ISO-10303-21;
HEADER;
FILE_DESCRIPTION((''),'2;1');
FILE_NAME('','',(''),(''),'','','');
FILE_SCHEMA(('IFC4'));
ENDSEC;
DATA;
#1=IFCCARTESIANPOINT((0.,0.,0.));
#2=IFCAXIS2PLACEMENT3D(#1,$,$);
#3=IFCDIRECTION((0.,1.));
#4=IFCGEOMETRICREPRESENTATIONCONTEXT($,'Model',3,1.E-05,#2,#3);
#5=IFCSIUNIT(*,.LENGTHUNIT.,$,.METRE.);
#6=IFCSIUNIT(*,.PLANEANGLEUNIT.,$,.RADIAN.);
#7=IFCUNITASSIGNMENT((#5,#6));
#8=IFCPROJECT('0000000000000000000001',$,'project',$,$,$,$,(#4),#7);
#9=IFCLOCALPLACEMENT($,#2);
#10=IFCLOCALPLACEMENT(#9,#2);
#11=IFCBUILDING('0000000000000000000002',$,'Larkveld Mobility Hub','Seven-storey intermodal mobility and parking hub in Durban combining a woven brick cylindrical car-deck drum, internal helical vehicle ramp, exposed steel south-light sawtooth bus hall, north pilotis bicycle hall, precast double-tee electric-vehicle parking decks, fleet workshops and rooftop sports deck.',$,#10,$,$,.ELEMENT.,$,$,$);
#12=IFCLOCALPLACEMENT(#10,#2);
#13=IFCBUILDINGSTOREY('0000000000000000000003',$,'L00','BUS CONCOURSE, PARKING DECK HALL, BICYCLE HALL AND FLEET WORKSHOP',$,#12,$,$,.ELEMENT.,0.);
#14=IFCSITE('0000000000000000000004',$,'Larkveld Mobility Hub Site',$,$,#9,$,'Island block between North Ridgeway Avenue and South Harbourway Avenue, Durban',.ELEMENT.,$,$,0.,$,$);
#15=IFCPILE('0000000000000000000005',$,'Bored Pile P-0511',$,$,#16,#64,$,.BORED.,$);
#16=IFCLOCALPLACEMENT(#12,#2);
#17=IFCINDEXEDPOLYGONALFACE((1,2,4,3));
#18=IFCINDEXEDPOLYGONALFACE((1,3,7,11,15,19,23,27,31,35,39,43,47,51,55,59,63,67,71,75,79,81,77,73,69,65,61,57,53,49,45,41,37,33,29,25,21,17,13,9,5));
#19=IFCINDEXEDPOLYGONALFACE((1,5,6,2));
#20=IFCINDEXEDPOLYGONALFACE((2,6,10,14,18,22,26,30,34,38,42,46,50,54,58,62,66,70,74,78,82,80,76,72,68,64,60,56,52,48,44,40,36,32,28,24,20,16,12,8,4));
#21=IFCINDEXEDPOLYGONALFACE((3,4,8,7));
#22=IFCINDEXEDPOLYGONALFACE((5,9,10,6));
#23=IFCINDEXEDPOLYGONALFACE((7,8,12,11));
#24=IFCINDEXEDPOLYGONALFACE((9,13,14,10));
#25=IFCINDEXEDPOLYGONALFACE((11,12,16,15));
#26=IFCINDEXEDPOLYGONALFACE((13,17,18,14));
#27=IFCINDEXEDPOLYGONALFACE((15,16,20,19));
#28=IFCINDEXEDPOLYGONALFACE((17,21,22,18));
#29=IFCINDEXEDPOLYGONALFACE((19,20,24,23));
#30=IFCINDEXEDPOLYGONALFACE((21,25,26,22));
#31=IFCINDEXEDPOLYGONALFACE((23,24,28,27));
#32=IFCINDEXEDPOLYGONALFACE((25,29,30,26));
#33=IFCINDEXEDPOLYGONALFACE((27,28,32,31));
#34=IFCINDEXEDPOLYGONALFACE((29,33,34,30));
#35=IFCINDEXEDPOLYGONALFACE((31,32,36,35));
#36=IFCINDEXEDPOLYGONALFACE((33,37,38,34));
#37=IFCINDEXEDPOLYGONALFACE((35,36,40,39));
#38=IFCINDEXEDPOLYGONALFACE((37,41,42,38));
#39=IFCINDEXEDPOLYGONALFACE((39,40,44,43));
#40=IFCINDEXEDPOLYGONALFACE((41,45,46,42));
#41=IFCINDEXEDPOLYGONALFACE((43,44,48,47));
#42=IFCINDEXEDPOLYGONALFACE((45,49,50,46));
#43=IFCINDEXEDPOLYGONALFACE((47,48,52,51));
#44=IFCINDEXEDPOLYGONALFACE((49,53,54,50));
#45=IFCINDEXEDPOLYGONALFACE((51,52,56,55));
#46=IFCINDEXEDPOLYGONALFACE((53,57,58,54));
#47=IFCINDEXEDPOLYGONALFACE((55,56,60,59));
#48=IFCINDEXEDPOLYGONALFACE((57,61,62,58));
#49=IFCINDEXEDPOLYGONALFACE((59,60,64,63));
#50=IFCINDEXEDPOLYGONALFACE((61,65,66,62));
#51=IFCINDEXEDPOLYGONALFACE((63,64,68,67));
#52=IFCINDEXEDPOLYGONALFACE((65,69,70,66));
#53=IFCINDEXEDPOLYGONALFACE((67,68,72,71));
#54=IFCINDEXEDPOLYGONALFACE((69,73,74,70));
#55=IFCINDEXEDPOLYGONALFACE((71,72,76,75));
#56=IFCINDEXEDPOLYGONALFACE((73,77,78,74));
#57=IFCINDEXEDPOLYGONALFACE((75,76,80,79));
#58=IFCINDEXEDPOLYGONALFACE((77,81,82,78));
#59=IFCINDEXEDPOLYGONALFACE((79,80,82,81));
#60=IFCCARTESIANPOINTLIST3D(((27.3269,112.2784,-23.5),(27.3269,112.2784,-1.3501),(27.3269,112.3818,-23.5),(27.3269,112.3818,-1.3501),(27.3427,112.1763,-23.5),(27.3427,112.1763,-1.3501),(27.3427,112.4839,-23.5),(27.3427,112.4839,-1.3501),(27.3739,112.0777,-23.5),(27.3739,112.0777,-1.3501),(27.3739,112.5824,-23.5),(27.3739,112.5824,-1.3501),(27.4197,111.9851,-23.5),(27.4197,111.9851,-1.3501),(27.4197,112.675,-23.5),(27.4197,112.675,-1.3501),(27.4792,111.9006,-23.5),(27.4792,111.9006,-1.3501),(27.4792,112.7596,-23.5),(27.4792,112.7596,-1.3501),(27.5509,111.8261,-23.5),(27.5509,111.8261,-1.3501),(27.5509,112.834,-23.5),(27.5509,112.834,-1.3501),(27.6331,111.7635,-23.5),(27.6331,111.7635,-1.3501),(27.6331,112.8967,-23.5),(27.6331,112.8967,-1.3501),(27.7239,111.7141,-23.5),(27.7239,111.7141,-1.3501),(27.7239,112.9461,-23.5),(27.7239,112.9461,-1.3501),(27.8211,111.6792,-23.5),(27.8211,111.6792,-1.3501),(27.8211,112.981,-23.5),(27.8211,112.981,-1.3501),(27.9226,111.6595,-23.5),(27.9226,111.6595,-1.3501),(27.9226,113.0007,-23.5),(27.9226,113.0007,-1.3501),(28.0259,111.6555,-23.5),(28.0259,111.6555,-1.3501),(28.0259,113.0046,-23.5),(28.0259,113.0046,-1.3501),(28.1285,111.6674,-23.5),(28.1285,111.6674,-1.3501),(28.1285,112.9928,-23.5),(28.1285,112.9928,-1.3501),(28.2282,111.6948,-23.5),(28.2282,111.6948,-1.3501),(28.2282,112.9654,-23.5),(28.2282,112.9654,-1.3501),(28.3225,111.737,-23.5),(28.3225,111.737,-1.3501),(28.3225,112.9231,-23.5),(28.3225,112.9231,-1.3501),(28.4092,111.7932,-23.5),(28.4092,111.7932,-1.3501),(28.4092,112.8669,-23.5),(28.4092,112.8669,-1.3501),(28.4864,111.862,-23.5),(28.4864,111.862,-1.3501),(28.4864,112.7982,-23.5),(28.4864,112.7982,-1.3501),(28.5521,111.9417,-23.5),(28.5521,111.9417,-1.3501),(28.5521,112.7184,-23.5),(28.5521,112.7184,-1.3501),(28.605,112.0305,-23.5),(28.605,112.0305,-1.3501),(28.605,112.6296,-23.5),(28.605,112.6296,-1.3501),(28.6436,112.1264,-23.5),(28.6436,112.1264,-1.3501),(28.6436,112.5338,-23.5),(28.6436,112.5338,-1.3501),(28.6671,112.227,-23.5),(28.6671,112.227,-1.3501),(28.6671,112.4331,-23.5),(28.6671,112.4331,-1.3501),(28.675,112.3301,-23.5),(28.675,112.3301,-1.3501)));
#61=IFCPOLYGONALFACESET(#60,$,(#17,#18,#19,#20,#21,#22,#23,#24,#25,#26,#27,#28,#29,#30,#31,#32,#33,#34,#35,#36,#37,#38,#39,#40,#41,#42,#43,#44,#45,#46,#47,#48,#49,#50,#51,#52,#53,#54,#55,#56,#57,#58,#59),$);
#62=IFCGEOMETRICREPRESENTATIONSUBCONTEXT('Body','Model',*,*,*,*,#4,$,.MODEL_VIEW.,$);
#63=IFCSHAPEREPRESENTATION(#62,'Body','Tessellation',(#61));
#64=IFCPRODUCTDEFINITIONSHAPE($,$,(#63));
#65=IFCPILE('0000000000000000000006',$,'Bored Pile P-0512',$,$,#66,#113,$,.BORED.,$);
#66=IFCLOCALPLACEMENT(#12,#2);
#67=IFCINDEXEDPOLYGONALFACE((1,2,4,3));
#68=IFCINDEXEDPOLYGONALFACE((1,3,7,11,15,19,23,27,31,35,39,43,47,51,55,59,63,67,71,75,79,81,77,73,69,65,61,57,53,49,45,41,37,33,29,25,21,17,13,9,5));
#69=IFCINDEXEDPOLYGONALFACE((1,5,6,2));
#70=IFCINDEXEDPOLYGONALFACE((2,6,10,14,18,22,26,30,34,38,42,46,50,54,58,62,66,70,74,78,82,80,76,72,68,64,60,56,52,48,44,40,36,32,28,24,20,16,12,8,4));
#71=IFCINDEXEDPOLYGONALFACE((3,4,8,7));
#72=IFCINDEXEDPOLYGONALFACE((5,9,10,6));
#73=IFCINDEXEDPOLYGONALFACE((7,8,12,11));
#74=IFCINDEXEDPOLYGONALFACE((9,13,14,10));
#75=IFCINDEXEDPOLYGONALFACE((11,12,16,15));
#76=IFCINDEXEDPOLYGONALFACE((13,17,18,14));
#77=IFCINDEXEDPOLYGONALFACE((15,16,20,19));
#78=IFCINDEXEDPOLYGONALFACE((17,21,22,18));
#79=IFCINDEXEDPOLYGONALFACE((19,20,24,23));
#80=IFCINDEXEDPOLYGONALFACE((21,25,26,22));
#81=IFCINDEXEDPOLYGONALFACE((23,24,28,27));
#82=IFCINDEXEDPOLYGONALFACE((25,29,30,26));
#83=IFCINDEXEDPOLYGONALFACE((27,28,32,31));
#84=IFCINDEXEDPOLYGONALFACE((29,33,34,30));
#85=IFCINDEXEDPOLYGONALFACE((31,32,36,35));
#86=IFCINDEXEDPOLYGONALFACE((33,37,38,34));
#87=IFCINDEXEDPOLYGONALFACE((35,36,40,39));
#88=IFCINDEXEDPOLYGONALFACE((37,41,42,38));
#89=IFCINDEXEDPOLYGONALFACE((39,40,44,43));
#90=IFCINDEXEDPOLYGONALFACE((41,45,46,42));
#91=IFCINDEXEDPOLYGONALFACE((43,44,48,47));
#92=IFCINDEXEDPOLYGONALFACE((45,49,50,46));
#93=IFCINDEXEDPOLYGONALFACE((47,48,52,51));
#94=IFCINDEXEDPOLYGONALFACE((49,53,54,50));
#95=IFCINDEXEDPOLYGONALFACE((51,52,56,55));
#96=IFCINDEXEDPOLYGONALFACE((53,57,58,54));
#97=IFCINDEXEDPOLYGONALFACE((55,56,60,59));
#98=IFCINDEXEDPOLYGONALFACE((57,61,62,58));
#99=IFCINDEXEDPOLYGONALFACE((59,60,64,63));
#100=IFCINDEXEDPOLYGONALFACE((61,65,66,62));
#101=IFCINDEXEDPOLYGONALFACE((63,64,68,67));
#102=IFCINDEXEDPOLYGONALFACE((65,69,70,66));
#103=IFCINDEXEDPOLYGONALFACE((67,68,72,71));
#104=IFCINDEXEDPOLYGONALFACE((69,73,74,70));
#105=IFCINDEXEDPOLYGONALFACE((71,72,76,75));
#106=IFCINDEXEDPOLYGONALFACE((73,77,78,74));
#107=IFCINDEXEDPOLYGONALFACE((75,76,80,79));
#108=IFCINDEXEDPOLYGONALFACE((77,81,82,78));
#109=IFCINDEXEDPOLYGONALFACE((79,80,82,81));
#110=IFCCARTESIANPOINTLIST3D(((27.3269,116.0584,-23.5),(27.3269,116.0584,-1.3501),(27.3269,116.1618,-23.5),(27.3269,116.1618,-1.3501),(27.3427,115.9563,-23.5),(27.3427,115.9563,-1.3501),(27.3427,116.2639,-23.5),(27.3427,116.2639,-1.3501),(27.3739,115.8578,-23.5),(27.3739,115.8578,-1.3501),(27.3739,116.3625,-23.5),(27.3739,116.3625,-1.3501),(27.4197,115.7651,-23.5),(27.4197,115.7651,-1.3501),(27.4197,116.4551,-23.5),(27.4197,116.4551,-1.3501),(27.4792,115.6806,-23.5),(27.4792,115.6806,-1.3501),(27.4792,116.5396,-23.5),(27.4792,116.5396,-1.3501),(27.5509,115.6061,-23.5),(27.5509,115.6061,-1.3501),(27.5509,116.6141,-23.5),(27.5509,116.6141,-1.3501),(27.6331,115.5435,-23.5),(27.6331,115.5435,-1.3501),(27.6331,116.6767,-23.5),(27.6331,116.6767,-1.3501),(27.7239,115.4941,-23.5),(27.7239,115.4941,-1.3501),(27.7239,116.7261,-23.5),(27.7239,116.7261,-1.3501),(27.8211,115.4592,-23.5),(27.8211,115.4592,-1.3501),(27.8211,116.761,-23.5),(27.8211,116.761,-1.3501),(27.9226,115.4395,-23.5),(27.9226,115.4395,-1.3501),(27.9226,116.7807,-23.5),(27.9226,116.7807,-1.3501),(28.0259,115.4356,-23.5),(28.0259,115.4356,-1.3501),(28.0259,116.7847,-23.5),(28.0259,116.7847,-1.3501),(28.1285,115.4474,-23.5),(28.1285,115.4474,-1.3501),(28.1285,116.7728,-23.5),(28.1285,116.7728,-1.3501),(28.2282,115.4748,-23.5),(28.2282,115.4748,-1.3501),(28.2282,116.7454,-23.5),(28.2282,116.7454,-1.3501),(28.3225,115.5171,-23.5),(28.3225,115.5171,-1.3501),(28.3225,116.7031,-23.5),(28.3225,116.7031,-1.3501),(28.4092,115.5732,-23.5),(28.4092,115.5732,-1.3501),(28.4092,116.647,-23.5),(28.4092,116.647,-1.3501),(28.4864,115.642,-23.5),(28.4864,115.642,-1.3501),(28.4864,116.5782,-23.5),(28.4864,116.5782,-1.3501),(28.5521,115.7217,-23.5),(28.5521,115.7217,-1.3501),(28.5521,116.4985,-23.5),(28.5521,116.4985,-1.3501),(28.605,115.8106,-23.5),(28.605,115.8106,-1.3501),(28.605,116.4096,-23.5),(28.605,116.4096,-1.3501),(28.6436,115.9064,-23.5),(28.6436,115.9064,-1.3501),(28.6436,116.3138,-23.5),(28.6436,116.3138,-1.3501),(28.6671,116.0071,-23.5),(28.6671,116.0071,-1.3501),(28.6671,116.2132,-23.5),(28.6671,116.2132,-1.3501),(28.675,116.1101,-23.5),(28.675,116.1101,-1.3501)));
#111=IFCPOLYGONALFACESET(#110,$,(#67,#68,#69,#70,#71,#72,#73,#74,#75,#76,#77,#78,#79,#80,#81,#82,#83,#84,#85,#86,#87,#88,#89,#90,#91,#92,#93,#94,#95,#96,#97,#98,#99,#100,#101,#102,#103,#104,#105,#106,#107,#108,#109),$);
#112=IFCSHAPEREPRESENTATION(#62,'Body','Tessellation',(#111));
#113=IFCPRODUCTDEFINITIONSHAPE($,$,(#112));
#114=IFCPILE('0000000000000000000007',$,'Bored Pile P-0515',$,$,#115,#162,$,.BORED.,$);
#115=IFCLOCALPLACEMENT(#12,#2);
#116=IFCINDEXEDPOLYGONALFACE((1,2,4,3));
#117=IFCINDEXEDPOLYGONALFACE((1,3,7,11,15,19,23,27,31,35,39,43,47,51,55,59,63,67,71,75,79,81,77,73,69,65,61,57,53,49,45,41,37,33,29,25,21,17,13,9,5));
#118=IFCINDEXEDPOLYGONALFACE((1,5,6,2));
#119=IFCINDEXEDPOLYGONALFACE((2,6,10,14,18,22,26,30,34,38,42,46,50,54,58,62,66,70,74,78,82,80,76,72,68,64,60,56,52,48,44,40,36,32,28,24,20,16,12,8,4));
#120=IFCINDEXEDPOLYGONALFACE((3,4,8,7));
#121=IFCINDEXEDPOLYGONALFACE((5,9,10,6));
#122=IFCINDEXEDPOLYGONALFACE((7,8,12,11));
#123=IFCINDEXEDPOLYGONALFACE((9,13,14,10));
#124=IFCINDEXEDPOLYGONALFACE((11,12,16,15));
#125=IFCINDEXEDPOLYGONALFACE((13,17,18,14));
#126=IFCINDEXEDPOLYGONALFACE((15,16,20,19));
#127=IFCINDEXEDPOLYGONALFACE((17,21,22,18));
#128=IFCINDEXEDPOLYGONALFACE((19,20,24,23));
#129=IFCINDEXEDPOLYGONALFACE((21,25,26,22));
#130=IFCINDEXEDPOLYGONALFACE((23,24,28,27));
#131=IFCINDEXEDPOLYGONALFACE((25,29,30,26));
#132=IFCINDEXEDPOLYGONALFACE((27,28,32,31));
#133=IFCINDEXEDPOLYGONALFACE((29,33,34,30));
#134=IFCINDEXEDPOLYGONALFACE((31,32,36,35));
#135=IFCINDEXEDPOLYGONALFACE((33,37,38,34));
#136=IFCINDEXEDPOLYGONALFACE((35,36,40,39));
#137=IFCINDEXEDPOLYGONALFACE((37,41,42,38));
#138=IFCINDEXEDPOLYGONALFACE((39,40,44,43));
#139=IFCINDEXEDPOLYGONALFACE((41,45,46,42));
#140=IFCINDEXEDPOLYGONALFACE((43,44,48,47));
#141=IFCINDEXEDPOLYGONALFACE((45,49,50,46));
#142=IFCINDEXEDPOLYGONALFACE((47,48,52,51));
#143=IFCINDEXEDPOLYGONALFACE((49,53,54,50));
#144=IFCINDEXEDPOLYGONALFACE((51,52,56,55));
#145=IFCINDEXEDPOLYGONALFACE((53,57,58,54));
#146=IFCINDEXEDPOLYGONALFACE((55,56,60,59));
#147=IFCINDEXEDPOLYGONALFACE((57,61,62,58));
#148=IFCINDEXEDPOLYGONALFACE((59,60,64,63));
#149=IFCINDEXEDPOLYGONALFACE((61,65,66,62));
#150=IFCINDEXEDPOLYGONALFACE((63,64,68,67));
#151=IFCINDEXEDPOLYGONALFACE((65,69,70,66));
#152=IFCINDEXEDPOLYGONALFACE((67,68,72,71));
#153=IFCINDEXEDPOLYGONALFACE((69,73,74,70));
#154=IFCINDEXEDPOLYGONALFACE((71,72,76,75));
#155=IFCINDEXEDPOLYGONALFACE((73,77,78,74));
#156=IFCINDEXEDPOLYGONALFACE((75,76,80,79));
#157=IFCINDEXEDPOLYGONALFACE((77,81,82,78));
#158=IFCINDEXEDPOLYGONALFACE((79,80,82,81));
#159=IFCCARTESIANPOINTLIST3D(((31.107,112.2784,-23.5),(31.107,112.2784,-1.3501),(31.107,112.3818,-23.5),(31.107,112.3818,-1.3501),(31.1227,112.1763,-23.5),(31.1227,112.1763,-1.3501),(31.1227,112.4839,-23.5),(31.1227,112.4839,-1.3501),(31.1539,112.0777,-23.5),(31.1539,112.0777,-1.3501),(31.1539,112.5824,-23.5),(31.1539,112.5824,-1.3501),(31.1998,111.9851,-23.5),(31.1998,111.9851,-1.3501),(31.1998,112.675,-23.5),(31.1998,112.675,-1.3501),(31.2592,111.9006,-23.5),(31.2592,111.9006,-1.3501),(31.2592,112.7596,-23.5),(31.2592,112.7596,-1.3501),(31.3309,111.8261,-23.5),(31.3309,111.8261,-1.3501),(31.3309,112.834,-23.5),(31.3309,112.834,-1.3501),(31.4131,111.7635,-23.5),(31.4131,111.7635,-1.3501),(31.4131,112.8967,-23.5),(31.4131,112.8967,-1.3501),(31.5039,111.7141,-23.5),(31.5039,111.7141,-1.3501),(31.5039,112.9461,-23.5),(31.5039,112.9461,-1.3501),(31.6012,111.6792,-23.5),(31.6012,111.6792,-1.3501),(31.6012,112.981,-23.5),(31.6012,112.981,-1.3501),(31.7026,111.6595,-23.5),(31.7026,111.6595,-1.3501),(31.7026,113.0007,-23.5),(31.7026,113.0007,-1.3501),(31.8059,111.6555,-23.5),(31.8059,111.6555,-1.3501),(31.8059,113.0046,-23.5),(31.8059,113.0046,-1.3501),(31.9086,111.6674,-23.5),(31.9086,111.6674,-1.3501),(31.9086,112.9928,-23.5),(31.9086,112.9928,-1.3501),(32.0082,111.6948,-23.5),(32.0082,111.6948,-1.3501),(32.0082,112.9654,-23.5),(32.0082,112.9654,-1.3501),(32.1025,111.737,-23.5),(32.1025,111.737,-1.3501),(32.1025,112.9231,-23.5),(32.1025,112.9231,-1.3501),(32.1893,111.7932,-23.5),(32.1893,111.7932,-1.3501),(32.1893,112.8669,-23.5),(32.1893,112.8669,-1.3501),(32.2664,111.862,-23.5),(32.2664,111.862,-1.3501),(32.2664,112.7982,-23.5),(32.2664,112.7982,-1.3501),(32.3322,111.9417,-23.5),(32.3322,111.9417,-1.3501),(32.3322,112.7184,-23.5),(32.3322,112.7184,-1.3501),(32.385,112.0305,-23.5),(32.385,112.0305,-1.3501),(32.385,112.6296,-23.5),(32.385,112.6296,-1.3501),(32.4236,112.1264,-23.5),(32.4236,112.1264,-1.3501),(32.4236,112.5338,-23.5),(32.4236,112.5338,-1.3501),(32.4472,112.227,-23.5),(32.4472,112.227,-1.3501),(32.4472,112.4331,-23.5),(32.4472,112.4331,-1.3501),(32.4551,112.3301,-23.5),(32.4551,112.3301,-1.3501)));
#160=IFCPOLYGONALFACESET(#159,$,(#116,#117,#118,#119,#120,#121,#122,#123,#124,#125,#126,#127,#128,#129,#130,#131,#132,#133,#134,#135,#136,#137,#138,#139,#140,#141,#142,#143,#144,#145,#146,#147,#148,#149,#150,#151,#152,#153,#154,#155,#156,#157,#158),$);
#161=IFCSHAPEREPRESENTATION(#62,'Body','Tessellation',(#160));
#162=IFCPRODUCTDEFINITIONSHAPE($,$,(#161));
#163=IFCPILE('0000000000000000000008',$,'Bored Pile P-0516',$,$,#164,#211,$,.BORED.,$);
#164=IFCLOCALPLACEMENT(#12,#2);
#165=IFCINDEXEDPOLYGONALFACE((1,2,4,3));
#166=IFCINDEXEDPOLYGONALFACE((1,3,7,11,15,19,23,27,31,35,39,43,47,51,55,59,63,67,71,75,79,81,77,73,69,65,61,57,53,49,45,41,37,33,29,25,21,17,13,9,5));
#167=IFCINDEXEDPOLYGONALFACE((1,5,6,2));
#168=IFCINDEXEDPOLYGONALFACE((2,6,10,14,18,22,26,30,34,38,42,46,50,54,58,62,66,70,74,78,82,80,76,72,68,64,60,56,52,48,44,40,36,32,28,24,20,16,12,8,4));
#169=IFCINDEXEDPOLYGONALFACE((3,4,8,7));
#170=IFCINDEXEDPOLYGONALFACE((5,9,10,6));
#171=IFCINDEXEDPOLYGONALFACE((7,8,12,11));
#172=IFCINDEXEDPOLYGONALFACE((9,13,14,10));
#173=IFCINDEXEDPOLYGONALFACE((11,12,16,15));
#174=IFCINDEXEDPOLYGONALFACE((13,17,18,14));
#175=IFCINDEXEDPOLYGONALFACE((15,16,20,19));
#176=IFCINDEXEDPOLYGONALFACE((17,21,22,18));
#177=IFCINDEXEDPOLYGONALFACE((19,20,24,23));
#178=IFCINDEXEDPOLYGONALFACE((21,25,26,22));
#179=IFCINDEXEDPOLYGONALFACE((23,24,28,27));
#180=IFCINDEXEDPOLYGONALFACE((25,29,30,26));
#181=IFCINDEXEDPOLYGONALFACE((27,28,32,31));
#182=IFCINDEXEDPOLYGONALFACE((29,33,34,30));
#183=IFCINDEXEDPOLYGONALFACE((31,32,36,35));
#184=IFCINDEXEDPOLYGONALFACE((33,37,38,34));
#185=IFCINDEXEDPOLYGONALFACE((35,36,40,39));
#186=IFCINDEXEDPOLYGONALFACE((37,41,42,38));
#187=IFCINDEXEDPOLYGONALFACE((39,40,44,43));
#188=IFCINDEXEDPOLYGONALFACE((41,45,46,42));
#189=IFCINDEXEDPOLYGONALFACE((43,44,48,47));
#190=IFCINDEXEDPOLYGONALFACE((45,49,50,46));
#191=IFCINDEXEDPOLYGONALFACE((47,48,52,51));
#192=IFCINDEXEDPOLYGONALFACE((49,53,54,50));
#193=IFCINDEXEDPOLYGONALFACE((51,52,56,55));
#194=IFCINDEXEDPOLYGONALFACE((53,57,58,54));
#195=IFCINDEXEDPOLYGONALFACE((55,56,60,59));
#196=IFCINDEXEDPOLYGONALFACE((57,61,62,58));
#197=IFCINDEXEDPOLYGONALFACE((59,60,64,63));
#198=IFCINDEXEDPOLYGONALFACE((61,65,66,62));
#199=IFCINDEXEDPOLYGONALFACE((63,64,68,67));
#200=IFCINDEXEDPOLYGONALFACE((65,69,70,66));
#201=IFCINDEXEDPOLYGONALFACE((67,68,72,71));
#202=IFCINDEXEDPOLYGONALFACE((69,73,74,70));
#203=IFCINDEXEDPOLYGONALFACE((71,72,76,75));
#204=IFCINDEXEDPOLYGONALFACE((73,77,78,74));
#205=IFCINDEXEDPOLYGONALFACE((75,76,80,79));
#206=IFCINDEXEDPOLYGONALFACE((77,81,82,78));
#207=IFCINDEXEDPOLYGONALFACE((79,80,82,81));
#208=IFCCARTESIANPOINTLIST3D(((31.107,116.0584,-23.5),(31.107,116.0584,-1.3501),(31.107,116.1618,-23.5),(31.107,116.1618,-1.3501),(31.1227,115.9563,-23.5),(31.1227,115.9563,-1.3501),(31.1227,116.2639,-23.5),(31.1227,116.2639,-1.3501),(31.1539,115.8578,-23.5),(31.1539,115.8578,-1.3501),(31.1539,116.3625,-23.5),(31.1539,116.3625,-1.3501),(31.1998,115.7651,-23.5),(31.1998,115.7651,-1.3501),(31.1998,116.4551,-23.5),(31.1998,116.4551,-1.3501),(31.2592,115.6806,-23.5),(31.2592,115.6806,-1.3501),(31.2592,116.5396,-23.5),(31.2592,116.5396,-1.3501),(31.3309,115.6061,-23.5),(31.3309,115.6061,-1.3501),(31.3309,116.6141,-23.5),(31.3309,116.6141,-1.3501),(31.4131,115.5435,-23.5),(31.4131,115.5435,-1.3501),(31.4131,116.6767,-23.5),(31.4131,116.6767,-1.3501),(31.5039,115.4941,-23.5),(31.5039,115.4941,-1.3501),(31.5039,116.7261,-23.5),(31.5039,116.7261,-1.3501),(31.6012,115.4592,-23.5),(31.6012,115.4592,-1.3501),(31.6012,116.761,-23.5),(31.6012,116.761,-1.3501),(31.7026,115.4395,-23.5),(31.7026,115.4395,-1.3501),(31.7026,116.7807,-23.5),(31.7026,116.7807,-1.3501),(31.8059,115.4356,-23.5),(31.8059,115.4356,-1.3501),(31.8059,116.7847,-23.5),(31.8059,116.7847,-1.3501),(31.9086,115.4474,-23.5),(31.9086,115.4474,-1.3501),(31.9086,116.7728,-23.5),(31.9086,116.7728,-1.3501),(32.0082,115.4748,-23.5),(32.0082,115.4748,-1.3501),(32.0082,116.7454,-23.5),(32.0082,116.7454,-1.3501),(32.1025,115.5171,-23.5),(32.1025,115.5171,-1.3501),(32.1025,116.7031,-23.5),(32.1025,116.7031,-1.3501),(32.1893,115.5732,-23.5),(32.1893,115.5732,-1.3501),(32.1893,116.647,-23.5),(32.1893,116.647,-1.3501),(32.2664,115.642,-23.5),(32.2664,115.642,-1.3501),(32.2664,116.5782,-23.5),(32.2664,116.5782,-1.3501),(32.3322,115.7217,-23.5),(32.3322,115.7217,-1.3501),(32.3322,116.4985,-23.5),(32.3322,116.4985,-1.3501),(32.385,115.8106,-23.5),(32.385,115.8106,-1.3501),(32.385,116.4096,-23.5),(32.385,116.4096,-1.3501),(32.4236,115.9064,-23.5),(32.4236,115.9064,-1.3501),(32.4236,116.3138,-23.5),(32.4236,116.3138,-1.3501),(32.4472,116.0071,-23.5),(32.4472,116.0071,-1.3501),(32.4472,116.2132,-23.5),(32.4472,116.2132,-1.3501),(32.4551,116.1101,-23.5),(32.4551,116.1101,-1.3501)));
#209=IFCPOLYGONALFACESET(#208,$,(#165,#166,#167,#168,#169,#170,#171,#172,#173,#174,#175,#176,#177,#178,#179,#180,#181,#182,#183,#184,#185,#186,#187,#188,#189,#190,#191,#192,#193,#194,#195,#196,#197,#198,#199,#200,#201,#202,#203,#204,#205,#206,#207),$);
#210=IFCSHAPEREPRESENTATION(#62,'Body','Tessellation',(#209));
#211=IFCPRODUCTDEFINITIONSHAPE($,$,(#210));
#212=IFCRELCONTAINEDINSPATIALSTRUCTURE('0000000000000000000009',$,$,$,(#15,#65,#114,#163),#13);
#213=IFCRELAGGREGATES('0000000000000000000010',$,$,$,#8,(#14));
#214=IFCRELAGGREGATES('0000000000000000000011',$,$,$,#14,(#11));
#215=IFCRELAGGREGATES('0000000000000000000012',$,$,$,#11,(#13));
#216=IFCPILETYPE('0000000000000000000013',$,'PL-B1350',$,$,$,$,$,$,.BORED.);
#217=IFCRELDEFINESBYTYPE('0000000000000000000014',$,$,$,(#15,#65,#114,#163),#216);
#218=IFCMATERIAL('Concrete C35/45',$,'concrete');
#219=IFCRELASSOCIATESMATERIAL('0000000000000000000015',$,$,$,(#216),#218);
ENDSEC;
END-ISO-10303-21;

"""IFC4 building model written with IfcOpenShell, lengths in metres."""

from ifc_helpers import new_model, si_unit, direction, frame, origin, origin_2d, place, context, subcontext, project, spatial, circle, extrude, material, material_profile, profile_set, type_object, element, save


model = new_model("IFC4")

# Units and contexts
model_context = context("Model", 3, precision=1e-05, world=origin(), true_north=direction((0.0, 1.0)))
body_context = subcontext(model_context, "Body", "Model", "MODEL_VIEW")
ifc_project = project(units=[si_unit("LENGTHUNIT", "METRE"), si_unit("PLANEANGLEUNIT", "RADIAN")], contexts=[model_context])

# Site, building, storey
site_placement = place(None, origin())
site = spatial("IfcSite", under=ifc_project, at=site_placement, Name="Larkveld Mobility Hub Site", LongName="Island block between North Ridgeway Avenue and South Harbourway Avenue, Durban", CompositionType="ELEMENT", RefElevation=0.0)
building_placement = place(site_placement, origin())
building = spatial("IfcBuilding", under=site, at=building_placement, Name="Larkveld Mobility Hub", Description="Seven-storey intermodal mobility and parking hub in Durban combining a woven brick cylindrical car-deck drum, internal helical vehicle ramp, exposed steel south-light sawtooth bus hall, north pilotis bicycle hall, precast double-tee electric-vehicle parking decks, fleet workshops and rooftop sports deck.", CompositionType="ELEMENT")
storey_placement = place(building_placement, origin())
storey = spatial("IfcBuildingStorey", under=building, at=storey_placement, Name="L00", Description="BUS CONCOURSE, PARKING DECK HALL, BICYCLE HALL AND FLEET WORKSHOP", CompositionType="ELEMENT", Elevation=0.0)

# Piles
ifc_material_1 = material(Name="Concrete C35/45", Category="concrete")
ifc_material_profile_1 = material_profile(ifc_material_1, circle(Radius=0.675, at=origin_2d()), Name="PILE D1350")
ifc_profile_set_1 = profile_set([ifc_material_profile_1], Name="Concrete C35/45")
pile_type = type_object("IfcPileType", Name="PL-B1350", PredefinedType="BORED", material=ifc_profile_set_1)
for number, where, z_axis, x_axis, name in (
    (1, (28.0, 112.3301, -1.3501), (0.0, 0.0, -1.0), (1.0, 0.0, 0.0), "Bored Pile P-0511"),
    (2, (28.0, 116.1101, -1.3501), (0.0, 0.0, -1.0), (1.0, 0.0, 0.0), "Bored Pile P-0512"),
    (3, (31.78, 112.3301, -1.3501), (0.0, 0.0, -1.0), (1.0, 0.0, 0.0), "Bored Pile P-0515"),
    (4, (31.78, 116.1101, -1.3501), (0.0, 0.0, -1.0), (1.0, 0.0, 0.0), "Bored Pile P-0516"),
):
    element("IfcPile", number, at=place(storey_placement, frame(where, z_axis=z_axis, x_axis=x_axis)), inside=storey, type_object=pile_type, Name=name, PredefinedType="BORED", context=body_context, shape_type="SweptSolid", body=[
        extrude(circle(Radius=0.675, at=origin_2d()), origin(), (0.0, 0.0, 1.0), 22.1499),
    ])

save(model, "model.ifc")
